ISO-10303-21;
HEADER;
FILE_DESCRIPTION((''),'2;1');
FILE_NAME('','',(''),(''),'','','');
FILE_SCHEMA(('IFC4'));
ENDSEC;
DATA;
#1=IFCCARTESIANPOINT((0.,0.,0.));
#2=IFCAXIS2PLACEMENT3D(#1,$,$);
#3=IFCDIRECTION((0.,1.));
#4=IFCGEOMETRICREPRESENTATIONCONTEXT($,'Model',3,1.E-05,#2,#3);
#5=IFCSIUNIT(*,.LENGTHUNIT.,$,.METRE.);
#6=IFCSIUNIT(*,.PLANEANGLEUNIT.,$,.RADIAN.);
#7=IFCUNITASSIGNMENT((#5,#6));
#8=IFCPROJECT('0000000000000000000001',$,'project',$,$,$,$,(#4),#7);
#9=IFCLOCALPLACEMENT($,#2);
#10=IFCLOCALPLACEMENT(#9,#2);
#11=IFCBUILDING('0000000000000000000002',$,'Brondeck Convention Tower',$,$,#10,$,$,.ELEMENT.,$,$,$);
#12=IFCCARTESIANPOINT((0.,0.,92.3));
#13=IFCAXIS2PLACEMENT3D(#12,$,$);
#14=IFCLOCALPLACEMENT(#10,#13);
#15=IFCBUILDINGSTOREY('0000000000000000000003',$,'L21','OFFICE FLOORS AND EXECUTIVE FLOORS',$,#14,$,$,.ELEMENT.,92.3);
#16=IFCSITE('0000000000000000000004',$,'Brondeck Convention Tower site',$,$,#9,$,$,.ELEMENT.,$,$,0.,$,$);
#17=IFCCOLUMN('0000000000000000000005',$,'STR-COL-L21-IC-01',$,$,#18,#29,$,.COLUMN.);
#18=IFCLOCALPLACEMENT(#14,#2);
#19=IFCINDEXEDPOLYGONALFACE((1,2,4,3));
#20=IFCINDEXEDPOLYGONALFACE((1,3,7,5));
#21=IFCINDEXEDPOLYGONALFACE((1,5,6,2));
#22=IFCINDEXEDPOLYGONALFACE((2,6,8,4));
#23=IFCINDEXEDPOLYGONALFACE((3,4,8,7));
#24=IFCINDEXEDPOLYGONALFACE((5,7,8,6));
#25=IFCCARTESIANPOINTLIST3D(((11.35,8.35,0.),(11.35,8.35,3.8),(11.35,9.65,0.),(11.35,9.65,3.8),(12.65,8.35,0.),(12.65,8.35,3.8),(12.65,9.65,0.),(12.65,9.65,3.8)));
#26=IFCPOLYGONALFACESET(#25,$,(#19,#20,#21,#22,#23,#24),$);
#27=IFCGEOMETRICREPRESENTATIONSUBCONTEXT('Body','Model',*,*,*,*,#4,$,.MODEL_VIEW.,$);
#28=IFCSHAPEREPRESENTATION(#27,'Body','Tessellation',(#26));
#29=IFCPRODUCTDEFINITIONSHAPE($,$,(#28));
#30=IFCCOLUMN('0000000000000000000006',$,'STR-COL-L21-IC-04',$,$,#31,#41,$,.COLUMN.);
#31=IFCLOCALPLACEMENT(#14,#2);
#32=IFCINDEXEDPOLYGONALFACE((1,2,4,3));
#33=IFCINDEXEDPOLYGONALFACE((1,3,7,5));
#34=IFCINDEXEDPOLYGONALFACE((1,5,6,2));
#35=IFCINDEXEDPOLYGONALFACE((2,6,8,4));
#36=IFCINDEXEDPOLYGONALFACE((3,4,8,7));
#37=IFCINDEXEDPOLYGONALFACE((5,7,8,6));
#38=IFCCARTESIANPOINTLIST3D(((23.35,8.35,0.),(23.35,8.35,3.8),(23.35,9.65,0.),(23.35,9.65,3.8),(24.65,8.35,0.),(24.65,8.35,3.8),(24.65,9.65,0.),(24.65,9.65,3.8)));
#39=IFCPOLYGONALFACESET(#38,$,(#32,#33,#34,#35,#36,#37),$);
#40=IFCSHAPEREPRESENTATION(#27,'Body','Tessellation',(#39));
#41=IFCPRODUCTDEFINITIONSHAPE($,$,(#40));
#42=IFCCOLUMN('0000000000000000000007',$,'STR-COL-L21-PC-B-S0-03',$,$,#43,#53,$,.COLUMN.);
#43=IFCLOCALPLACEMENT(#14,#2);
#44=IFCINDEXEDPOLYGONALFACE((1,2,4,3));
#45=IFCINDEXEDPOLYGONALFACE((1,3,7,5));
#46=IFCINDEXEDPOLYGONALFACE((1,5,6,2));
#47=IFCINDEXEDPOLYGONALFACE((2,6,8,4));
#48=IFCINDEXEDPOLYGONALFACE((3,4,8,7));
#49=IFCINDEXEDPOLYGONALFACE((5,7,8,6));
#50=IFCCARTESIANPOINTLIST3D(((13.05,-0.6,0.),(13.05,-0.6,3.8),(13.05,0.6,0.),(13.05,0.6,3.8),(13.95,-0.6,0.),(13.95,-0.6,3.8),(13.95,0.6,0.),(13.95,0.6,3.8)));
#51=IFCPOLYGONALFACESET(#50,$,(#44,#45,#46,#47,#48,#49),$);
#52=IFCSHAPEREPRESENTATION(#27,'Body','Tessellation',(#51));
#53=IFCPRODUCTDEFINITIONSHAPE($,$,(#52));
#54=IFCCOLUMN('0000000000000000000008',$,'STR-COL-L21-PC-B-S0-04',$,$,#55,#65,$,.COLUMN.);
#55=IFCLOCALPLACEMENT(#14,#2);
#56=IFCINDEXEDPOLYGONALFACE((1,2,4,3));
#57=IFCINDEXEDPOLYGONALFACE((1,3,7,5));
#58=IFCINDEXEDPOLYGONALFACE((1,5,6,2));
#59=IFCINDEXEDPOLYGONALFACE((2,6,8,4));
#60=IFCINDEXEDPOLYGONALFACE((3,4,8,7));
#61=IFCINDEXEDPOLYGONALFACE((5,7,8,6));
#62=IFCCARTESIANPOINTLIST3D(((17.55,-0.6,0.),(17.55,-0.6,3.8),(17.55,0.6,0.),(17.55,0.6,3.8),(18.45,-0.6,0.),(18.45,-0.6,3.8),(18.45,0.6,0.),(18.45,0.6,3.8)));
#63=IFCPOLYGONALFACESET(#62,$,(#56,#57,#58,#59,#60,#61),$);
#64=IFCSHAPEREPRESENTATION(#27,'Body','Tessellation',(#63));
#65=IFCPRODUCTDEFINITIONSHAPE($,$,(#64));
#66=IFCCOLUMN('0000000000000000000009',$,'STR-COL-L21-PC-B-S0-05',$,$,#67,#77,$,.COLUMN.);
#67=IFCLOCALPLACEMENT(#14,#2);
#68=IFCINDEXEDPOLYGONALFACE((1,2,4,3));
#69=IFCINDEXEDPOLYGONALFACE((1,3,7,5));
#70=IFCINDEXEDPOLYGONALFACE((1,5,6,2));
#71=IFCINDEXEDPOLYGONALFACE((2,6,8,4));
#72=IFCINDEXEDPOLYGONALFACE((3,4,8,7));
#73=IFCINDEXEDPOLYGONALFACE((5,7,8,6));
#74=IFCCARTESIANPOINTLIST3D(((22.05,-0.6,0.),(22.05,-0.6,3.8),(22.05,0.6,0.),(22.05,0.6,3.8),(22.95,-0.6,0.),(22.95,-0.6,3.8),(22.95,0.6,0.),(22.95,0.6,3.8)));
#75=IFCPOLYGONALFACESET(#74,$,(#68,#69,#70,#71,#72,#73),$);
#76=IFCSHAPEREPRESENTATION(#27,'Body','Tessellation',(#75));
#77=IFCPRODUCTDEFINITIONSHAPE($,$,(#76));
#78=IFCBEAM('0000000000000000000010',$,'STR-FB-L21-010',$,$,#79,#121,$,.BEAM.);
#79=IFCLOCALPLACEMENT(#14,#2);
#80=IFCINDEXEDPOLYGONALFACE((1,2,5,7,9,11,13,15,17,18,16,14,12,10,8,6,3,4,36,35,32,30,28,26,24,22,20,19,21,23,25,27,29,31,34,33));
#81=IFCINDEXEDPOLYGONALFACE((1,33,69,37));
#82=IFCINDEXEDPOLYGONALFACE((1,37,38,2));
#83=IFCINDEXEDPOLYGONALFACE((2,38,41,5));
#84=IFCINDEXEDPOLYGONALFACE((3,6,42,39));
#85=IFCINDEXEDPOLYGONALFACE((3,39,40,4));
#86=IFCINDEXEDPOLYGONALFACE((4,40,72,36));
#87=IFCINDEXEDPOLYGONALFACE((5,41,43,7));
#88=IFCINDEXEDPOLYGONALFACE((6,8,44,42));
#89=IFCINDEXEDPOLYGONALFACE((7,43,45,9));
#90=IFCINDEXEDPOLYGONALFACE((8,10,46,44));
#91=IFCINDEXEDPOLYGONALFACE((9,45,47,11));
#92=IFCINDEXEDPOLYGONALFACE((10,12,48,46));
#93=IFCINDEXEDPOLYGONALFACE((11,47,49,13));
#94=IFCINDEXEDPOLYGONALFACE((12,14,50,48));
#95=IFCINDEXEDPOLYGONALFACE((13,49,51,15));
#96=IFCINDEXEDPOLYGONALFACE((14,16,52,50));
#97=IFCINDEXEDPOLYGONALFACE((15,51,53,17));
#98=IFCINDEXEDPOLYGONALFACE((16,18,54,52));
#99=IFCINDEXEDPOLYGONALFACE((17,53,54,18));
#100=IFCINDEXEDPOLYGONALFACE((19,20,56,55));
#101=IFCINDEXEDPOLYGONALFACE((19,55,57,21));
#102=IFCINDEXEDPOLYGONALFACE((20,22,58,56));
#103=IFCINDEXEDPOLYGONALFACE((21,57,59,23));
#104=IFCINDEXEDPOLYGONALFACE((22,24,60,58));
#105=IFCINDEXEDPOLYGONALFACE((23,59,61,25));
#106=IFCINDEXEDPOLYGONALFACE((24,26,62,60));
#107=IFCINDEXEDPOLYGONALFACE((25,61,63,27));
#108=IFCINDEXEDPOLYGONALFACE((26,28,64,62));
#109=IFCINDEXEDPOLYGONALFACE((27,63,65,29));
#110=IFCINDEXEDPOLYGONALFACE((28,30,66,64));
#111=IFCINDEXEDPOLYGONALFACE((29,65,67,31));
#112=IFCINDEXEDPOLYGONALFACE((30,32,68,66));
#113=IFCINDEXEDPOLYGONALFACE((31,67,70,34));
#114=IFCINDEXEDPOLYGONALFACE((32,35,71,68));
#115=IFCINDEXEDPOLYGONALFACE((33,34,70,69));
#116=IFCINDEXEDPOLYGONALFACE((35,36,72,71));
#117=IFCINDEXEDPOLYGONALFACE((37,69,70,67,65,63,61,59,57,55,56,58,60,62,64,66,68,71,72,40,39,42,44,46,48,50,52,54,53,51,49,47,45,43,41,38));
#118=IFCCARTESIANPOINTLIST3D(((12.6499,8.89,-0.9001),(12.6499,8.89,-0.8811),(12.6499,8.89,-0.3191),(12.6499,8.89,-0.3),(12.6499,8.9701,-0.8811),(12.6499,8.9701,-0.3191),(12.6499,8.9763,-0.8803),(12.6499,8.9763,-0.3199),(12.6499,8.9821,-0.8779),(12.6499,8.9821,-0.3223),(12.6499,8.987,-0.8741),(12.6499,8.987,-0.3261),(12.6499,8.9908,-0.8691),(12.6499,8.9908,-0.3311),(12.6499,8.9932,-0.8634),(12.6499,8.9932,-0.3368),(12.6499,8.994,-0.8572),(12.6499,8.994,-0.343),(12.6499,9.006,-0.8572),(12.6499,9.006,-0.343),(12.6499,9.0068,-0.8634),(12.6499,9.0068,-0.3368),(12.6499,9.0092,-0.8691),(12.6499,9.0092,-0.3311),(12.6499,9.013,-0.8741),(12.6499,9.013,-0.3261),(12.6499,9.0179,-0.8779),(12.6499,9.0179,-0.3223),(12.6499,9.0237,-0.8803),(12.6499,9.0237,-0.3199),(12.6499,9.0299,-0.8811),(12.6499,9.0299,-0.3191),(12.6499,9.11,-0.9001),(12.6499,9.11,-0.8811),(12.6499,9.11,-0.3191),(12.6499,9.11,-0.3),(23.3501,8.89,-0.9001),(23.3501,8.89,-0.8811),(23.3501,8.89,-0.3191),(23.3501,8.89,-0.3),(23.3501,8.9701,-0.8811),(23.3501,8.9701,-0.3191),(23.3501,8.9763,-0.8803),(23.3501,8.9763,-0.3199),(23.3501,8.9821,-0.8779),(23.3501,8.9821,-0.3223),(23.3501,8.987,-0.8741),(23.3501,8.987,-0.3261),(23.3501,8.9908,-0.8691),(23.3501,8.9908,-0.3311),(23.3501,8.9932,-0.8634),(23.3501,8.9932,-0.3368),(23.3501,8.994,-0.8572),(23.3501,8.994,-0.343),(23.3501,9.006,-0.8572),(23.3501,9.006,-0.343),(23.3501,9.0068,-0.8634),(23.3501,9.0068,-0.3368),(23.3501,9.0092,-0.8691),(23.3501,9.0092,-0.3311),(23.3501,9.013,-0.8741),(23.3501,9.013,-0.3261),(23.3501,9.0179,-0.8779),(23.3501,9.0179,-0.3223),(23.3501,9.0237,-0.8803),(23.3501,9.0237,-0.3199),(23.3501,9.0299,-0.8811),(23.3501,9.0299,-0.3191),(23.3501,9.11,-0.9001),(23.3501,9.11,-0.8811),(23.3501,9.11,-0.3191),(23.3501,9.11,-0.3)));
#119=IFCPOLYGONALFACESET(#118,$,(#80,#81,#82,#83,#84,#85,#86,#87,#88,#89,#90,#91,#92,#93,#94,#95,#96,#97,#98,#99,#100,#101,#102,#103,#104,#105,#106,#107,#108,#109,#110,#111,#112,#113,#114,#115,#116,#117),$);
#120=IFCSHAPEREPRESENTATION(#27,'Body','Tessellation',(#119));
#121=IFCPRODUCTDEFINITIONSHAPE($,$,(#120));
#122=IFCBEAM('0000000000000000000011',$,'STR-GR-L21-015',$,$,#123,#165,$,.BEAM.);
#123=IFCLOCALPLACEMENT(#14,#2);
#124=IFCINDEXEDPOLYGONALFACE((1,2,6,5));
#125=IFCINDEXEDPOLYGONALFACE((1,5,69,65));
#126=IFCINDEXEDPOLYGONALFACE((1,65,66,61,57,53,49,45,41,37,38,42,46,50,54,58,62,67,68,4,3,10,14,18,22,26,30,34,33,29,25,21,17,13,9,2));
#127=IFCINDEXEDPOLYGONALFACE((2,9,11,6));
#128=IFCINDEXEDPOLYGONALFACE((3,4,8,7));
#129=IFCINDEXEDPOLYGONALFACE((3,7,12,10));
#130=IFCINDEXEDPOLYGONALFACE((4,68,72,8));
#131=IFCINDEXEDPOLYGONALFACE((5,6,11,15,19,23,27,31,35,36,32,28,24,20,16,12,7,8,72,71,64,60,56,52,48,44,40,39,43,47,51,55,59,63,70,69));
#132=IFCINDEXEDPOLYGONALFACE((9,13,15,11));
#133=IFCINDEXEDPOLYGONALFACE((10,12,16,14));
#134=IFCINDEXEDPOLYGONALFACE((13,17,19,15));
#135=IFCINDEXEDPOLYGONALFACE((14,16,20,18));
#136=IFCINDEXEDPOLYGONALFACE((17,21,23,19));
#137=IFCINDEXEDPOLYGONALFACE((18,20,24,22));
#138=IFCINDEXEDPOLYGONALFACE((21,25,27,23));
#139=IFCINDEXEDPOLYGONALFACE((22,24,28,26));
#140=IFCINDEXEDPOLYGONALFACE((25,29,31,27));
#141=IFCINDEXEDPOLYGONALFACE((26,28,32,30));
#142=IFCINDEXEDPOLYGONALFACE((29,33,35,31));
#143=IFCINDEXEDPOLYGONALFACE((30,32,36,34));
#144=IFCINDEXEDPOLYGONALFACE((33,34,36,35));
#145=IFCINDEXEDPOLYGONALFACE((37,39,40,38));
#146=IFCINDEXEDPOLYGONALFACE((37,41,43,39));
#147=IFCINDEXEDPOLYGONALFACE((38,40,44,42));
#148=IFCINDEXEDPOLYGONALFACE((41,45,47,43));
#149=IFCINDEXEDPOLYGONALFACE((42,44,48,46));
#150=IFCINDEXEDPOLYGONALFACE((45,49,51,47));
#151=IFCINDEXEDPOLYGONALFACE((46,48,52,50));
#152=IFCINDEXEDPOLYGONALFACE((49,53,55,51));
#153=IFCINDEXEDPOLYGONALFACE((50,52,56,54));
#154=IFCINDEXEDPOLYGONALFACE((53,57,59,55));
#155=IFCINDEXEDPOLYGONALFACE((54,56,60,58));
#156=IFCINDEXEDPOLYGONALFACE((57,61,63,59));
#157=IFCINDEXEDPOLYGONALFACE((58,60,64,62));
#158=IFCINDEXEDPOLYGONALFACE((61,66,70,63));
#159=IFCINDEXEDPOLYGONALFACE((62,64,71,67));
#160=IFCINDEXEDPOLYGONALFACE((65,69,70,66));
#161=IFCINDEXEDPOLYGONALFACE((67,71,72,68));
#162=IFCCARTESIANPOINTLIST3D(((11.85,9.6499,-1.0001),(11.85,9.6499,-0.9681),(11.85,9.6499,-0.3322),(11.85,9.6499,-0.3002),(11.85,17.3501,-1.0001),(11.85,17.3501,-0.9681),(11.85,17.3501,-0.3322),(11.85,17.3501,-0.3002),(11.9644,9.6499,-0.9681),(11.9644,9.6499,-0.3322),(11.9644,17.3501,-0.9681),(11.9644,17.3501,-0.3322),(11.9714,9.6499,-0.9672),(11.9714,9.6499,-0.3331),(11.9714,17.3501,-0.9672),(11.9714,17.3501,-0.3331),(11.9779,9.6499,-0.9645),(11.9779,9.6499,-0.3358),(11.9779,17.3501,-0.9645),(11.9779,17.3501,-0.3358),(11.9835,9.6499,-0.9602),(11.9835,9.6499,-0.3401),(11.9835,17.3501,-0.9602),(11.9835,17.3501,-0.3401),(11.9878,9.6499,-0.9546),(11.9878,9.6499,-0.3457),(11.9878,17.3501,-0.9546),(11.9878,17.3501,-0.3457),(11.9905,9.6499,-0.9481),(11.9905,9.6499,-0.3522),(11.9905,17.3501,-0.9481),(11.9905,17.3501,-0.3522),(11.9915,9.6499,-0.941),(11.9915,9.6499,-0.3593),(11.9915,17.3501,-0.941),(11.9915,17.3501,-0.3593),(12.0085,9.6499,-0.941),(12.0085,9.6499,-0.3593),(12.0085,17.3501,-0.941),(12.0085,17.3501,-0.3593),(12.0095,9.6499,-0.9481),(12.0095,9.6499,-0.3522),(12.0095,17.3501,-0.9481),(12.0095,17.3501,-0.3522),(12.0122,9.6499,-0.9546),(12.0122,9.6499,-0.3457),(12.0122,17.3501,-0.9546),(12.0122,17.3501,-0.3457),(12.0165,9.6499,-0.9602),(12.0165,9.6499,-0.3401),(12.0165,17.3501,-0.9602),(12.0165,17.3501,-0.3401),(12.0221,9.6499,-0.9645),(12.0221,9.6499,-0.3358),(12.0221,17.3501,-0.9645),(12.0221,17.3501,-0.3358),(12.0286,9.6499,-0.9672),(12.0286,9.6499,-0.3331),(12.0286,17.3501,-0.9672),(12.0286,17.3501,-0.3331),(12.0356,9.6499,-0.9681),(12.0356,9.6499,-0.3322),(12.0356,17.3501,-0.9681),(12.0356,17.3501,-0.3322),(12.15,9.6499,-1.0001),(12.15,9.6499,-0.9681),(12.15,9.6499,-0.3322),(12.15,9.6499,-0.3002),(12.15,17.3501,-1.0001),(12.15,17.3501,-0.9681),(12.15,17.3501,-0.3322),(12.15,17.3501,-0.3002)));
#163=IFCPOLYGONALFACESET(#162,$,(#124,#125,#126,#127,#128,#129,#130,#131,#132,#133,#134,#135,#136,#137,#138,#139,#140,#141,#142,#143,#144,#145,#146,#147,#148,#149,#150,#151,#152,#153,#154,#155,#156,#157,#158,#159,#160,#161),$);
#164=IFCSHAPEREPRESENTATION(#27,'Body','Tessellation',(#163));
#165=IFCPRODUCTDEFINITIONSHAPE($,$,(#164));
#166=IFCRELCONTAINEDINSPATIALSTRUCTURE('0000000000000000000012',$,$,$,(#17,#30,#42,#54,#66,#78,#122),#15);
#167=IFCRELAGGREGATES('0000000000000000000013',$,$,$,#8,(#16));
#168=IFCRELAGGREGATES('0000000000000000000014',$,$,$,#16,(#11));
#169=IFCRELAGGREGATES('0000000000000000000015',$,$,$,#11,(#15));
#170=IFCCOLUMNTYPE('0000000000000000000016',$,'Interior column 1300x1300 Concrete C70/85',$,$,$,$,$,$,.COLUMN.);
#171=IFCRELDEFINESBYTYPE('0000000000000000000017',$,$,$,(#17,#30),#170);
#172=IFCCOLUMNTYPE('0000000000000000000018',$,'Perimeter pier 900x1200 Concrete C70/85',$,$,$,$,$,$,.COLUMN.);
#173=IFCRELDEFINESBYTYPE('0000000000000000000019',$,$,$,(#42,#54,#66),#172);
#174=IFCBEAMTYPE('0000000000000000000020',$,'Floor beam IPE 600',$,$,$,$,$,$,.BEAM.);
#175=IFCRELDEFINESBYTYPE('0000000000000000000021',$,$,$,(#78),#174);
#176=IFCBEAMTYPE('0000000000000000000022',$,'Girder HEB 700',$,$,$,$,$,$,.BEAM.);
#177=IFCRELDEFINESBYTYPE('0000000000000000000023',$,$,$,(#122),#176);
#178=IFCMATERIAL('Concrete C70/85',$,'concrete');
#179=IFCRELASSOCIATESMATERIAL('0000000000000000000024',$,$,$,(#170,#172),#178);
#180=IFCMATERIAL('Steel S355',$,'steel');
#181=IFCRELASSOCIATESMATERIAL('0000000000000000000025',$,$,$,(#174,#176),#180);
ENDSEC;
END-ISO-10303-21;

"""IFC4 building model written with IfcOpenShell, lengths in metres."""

from ifc_helpers import new_model, si_unit, direction, frame, origin, origin_2d, place, context, subcontext, project, spatial, rectangle, i_section, extrude, material, material_profile, profile_set, type_object, element, save


model = new_model("IFC4")

# Units and contexts
model_context = context("Model", 3, precision=1e-05, world=origin(), true_north=direction((0.0, 1.0)))
body_context = subcontext(model_context, "Body", "Model", "MODEL_VIEW")
ifc_project = project(units=[si_unit("LENGTHUNIT", "METRE"), si_unit("PLANEANGLEUNIT", "RADIAN")], contexts=[model_context])

# Site, building, storey
site_placement = place(None, origin())
site = spatial("IfcSite", under=ifc_project, at=site_placement, Name="Brondeck Convention Tower site", CompositionType="ELEMENT", RefElevation=0.0)
building_placement = place(site_placement, origin())
building = spatial("IfcBuilding", under=site, at=building_placement, Name="Brondeck Convention Tower", CompositionType="ELEMENT")
storey_placement = place(building_placement, frame((0.0, 0.0, 92.3)))
storey = spatial("IfcBuildingStorey", under=building, at=storey_placement, Name="L21", Description="OFFICE FLOORS AND EXECUTIVE FLOORS", CompositionType="ELEMENT", Elevation=92.3)

# Columns
ifc_material_1 = material(Name="Concrete C70/85", Category="concrete")
ifc_material_profile_1 = material_profile(ifc_material_1, rectangle(XDim=1.3, YDim=1.3, at=origin_2d()), Name="Interior column 1300x1300 Concrete C70/85")
ifc_profile_set_1 = profile_set([ifc_material_profile_1], Name="Concrete C70/85")
column_type_1 = type_object("IfcColumnType", Name="Interior column 1300x1300 Concrete C70/85", PredefinedType="COLUMN", material=ifc_profile_set_1)
for number, where, z_axis, x_axis, name in (
    (1, (12.0, 9.0, 0.0), (0.0, 0.0, 1.0), (1.0, 0.0, 0.0), "STR-COL-L21-IC-01"),
    (2, (24.0, 9.0, 0.0), (0.0, 0.0, 1.0), (1.0, 0.0, 0.0), "STR-COL-L21-IC-04"),
):
    element("IfcColumn", number, at=place(storey_placement, frame(where, z_axis=z_axis, x_axis=x_axis)), inside=storey, type_object=column_type_1, Name=name, PredefinedType="COLUMN", context=body_context, shape_type="SweptSolid", body=[
        extrude(rectangle(XDim=1.3, YDim=1.3, at=origin_2d()), origin(), (0.0, 0.0, 1.0), 3.8),
    ])
ifc_material_profile_2 = material_profile(ifc_material_1, rectangle(XDim=0.8999, YDim=1.2, at=origin_2d()), Name="Perimeter pier 900x1200 Concrete C70/85")
ifc_profile_set_2 = profile_set([ifc_material_profile_2], Name="Concrete C70/85")
column_type_2 = type_object("IfcColumnType", Name="Perimeter pier 900x1200 Concrete C70/85", PredefinedType="COLUMN", material=ifc_profile_set_2)
for number, where, z_axis, x_axis, name in (
    (3, (13.5, 0.0, 0.0), (0.0, 0.0, 1.0), (1.0, 0.0, 0.0), "STR-COL-L21-PC-B-S0-03"),
    (4, (18.0, 0.0, 0.0), (0.0, 0.0, 1.0), (1.0, 0.0, 0.0), "STR-COL-L21-PC-B-S0-04"),
    (5, (22.5, 0.0, 0.0), (0.0, 0.0, 1.0), (1.0, 0.0, 0.0), "STR-COL-L21-PC-B-S0-05"),
):
    element("IfcColumn", number, at=place(storey_placement, frame(where, z_axis=z_axis, x_axis=x_axis)), inside=storey, type_object=column_type_2, Name=name, PredefinedType="COLUMN", context=body_context, shape_type="SweptSolid", body=[
        extrude(rectangle(XDim=0.8999, YDim=1.2, at=origin_2d()), origin(), (0.0, 0.0, 1.0), 3.8),
    ])

# Beams
ifc_material_2 = material(Name="Steel S355", Category="steel")
ifc_material_profile_3 = material_profile(ifc_material_2, i_section(OverallWidth=0.22, OverallDepth=0.6001, WebThickness=0.012, FlangeThickness=0.019, FilletRadius=0.0239, at=origin_2d()), Name="IPE 600")
ifc_profile_set_3 = profile_set([ifc_material_profile_3], Name="Steel S355")
beam_type_1 = type_object("IfcBeamType", Name="Floor beam IPE 600", PredefinedType="BEAM", material=ifc_profile_set_3)
beam_1_placement = place(storey_placement, frame((12.6499, 9.0, -0.6001), z_axis=(1.0, 0.0, 0.0), x_axis=(0.0, 1.0, 0.0)))
element("IfcBeam", 6, at=beam_1_placement, inside=storey, type_object=beam_type_1, Name="STR-FB-L21-010", PredefinedType="BEAM", context=body_context, shape_type="SweptSolid", body=[
    extrude(i_section(OverallWidth=0.22, OverallDepth=0.6001, WebThickness=0.012, FlangeThickness=0.019, FilletRadius=0.0239, at=origin_2d()), origin(), (0.0, 0.0, 1.0), 10.7002),
])
ifc_material_profile_4 = material_profile(ifc_material_2, i_section(OverallWidth=0.3, OverallDepth=0.7, WebThickness=0.0171, FlangeThickness=0.032, FilletRadius=0.0271, at=origin_2d()), Name="HEB 700")
ifc_profile_set_4 = profile_set([ifc_material_profile_4], Name="Steel S355")
beam_type_2 = type_object("IfcBeamType", Name="Girder HEB 700", PredefinedType="BEAM", material=ifc_profile_set_4)
beam_2_placement = place(storey_placement, frame((12.0, 17.3501, -0.6501), z_axis=(0.0, -1.0, 0.0), x_axis=(1.0, 0.0, 0.0)))
element("IfcBeam", 7, at=beam_2_placement, inside=storey, type_object=beam_type_2, Name="STR-GR-L21-015", PredefinedType="BEAM", context=body_context, shape_type="SweptSolid", body=[
    extrude(i_section(OverallWidth=0.3, OverallDepth=0.7, WebThickness=0.0171, FlangeThickness=0.032, FilletRadius=0.0271, at=origin_2d()), origin(), (0.0, 0.0, 1.0), 7.7002),
])

save(model, "model.ifc")
